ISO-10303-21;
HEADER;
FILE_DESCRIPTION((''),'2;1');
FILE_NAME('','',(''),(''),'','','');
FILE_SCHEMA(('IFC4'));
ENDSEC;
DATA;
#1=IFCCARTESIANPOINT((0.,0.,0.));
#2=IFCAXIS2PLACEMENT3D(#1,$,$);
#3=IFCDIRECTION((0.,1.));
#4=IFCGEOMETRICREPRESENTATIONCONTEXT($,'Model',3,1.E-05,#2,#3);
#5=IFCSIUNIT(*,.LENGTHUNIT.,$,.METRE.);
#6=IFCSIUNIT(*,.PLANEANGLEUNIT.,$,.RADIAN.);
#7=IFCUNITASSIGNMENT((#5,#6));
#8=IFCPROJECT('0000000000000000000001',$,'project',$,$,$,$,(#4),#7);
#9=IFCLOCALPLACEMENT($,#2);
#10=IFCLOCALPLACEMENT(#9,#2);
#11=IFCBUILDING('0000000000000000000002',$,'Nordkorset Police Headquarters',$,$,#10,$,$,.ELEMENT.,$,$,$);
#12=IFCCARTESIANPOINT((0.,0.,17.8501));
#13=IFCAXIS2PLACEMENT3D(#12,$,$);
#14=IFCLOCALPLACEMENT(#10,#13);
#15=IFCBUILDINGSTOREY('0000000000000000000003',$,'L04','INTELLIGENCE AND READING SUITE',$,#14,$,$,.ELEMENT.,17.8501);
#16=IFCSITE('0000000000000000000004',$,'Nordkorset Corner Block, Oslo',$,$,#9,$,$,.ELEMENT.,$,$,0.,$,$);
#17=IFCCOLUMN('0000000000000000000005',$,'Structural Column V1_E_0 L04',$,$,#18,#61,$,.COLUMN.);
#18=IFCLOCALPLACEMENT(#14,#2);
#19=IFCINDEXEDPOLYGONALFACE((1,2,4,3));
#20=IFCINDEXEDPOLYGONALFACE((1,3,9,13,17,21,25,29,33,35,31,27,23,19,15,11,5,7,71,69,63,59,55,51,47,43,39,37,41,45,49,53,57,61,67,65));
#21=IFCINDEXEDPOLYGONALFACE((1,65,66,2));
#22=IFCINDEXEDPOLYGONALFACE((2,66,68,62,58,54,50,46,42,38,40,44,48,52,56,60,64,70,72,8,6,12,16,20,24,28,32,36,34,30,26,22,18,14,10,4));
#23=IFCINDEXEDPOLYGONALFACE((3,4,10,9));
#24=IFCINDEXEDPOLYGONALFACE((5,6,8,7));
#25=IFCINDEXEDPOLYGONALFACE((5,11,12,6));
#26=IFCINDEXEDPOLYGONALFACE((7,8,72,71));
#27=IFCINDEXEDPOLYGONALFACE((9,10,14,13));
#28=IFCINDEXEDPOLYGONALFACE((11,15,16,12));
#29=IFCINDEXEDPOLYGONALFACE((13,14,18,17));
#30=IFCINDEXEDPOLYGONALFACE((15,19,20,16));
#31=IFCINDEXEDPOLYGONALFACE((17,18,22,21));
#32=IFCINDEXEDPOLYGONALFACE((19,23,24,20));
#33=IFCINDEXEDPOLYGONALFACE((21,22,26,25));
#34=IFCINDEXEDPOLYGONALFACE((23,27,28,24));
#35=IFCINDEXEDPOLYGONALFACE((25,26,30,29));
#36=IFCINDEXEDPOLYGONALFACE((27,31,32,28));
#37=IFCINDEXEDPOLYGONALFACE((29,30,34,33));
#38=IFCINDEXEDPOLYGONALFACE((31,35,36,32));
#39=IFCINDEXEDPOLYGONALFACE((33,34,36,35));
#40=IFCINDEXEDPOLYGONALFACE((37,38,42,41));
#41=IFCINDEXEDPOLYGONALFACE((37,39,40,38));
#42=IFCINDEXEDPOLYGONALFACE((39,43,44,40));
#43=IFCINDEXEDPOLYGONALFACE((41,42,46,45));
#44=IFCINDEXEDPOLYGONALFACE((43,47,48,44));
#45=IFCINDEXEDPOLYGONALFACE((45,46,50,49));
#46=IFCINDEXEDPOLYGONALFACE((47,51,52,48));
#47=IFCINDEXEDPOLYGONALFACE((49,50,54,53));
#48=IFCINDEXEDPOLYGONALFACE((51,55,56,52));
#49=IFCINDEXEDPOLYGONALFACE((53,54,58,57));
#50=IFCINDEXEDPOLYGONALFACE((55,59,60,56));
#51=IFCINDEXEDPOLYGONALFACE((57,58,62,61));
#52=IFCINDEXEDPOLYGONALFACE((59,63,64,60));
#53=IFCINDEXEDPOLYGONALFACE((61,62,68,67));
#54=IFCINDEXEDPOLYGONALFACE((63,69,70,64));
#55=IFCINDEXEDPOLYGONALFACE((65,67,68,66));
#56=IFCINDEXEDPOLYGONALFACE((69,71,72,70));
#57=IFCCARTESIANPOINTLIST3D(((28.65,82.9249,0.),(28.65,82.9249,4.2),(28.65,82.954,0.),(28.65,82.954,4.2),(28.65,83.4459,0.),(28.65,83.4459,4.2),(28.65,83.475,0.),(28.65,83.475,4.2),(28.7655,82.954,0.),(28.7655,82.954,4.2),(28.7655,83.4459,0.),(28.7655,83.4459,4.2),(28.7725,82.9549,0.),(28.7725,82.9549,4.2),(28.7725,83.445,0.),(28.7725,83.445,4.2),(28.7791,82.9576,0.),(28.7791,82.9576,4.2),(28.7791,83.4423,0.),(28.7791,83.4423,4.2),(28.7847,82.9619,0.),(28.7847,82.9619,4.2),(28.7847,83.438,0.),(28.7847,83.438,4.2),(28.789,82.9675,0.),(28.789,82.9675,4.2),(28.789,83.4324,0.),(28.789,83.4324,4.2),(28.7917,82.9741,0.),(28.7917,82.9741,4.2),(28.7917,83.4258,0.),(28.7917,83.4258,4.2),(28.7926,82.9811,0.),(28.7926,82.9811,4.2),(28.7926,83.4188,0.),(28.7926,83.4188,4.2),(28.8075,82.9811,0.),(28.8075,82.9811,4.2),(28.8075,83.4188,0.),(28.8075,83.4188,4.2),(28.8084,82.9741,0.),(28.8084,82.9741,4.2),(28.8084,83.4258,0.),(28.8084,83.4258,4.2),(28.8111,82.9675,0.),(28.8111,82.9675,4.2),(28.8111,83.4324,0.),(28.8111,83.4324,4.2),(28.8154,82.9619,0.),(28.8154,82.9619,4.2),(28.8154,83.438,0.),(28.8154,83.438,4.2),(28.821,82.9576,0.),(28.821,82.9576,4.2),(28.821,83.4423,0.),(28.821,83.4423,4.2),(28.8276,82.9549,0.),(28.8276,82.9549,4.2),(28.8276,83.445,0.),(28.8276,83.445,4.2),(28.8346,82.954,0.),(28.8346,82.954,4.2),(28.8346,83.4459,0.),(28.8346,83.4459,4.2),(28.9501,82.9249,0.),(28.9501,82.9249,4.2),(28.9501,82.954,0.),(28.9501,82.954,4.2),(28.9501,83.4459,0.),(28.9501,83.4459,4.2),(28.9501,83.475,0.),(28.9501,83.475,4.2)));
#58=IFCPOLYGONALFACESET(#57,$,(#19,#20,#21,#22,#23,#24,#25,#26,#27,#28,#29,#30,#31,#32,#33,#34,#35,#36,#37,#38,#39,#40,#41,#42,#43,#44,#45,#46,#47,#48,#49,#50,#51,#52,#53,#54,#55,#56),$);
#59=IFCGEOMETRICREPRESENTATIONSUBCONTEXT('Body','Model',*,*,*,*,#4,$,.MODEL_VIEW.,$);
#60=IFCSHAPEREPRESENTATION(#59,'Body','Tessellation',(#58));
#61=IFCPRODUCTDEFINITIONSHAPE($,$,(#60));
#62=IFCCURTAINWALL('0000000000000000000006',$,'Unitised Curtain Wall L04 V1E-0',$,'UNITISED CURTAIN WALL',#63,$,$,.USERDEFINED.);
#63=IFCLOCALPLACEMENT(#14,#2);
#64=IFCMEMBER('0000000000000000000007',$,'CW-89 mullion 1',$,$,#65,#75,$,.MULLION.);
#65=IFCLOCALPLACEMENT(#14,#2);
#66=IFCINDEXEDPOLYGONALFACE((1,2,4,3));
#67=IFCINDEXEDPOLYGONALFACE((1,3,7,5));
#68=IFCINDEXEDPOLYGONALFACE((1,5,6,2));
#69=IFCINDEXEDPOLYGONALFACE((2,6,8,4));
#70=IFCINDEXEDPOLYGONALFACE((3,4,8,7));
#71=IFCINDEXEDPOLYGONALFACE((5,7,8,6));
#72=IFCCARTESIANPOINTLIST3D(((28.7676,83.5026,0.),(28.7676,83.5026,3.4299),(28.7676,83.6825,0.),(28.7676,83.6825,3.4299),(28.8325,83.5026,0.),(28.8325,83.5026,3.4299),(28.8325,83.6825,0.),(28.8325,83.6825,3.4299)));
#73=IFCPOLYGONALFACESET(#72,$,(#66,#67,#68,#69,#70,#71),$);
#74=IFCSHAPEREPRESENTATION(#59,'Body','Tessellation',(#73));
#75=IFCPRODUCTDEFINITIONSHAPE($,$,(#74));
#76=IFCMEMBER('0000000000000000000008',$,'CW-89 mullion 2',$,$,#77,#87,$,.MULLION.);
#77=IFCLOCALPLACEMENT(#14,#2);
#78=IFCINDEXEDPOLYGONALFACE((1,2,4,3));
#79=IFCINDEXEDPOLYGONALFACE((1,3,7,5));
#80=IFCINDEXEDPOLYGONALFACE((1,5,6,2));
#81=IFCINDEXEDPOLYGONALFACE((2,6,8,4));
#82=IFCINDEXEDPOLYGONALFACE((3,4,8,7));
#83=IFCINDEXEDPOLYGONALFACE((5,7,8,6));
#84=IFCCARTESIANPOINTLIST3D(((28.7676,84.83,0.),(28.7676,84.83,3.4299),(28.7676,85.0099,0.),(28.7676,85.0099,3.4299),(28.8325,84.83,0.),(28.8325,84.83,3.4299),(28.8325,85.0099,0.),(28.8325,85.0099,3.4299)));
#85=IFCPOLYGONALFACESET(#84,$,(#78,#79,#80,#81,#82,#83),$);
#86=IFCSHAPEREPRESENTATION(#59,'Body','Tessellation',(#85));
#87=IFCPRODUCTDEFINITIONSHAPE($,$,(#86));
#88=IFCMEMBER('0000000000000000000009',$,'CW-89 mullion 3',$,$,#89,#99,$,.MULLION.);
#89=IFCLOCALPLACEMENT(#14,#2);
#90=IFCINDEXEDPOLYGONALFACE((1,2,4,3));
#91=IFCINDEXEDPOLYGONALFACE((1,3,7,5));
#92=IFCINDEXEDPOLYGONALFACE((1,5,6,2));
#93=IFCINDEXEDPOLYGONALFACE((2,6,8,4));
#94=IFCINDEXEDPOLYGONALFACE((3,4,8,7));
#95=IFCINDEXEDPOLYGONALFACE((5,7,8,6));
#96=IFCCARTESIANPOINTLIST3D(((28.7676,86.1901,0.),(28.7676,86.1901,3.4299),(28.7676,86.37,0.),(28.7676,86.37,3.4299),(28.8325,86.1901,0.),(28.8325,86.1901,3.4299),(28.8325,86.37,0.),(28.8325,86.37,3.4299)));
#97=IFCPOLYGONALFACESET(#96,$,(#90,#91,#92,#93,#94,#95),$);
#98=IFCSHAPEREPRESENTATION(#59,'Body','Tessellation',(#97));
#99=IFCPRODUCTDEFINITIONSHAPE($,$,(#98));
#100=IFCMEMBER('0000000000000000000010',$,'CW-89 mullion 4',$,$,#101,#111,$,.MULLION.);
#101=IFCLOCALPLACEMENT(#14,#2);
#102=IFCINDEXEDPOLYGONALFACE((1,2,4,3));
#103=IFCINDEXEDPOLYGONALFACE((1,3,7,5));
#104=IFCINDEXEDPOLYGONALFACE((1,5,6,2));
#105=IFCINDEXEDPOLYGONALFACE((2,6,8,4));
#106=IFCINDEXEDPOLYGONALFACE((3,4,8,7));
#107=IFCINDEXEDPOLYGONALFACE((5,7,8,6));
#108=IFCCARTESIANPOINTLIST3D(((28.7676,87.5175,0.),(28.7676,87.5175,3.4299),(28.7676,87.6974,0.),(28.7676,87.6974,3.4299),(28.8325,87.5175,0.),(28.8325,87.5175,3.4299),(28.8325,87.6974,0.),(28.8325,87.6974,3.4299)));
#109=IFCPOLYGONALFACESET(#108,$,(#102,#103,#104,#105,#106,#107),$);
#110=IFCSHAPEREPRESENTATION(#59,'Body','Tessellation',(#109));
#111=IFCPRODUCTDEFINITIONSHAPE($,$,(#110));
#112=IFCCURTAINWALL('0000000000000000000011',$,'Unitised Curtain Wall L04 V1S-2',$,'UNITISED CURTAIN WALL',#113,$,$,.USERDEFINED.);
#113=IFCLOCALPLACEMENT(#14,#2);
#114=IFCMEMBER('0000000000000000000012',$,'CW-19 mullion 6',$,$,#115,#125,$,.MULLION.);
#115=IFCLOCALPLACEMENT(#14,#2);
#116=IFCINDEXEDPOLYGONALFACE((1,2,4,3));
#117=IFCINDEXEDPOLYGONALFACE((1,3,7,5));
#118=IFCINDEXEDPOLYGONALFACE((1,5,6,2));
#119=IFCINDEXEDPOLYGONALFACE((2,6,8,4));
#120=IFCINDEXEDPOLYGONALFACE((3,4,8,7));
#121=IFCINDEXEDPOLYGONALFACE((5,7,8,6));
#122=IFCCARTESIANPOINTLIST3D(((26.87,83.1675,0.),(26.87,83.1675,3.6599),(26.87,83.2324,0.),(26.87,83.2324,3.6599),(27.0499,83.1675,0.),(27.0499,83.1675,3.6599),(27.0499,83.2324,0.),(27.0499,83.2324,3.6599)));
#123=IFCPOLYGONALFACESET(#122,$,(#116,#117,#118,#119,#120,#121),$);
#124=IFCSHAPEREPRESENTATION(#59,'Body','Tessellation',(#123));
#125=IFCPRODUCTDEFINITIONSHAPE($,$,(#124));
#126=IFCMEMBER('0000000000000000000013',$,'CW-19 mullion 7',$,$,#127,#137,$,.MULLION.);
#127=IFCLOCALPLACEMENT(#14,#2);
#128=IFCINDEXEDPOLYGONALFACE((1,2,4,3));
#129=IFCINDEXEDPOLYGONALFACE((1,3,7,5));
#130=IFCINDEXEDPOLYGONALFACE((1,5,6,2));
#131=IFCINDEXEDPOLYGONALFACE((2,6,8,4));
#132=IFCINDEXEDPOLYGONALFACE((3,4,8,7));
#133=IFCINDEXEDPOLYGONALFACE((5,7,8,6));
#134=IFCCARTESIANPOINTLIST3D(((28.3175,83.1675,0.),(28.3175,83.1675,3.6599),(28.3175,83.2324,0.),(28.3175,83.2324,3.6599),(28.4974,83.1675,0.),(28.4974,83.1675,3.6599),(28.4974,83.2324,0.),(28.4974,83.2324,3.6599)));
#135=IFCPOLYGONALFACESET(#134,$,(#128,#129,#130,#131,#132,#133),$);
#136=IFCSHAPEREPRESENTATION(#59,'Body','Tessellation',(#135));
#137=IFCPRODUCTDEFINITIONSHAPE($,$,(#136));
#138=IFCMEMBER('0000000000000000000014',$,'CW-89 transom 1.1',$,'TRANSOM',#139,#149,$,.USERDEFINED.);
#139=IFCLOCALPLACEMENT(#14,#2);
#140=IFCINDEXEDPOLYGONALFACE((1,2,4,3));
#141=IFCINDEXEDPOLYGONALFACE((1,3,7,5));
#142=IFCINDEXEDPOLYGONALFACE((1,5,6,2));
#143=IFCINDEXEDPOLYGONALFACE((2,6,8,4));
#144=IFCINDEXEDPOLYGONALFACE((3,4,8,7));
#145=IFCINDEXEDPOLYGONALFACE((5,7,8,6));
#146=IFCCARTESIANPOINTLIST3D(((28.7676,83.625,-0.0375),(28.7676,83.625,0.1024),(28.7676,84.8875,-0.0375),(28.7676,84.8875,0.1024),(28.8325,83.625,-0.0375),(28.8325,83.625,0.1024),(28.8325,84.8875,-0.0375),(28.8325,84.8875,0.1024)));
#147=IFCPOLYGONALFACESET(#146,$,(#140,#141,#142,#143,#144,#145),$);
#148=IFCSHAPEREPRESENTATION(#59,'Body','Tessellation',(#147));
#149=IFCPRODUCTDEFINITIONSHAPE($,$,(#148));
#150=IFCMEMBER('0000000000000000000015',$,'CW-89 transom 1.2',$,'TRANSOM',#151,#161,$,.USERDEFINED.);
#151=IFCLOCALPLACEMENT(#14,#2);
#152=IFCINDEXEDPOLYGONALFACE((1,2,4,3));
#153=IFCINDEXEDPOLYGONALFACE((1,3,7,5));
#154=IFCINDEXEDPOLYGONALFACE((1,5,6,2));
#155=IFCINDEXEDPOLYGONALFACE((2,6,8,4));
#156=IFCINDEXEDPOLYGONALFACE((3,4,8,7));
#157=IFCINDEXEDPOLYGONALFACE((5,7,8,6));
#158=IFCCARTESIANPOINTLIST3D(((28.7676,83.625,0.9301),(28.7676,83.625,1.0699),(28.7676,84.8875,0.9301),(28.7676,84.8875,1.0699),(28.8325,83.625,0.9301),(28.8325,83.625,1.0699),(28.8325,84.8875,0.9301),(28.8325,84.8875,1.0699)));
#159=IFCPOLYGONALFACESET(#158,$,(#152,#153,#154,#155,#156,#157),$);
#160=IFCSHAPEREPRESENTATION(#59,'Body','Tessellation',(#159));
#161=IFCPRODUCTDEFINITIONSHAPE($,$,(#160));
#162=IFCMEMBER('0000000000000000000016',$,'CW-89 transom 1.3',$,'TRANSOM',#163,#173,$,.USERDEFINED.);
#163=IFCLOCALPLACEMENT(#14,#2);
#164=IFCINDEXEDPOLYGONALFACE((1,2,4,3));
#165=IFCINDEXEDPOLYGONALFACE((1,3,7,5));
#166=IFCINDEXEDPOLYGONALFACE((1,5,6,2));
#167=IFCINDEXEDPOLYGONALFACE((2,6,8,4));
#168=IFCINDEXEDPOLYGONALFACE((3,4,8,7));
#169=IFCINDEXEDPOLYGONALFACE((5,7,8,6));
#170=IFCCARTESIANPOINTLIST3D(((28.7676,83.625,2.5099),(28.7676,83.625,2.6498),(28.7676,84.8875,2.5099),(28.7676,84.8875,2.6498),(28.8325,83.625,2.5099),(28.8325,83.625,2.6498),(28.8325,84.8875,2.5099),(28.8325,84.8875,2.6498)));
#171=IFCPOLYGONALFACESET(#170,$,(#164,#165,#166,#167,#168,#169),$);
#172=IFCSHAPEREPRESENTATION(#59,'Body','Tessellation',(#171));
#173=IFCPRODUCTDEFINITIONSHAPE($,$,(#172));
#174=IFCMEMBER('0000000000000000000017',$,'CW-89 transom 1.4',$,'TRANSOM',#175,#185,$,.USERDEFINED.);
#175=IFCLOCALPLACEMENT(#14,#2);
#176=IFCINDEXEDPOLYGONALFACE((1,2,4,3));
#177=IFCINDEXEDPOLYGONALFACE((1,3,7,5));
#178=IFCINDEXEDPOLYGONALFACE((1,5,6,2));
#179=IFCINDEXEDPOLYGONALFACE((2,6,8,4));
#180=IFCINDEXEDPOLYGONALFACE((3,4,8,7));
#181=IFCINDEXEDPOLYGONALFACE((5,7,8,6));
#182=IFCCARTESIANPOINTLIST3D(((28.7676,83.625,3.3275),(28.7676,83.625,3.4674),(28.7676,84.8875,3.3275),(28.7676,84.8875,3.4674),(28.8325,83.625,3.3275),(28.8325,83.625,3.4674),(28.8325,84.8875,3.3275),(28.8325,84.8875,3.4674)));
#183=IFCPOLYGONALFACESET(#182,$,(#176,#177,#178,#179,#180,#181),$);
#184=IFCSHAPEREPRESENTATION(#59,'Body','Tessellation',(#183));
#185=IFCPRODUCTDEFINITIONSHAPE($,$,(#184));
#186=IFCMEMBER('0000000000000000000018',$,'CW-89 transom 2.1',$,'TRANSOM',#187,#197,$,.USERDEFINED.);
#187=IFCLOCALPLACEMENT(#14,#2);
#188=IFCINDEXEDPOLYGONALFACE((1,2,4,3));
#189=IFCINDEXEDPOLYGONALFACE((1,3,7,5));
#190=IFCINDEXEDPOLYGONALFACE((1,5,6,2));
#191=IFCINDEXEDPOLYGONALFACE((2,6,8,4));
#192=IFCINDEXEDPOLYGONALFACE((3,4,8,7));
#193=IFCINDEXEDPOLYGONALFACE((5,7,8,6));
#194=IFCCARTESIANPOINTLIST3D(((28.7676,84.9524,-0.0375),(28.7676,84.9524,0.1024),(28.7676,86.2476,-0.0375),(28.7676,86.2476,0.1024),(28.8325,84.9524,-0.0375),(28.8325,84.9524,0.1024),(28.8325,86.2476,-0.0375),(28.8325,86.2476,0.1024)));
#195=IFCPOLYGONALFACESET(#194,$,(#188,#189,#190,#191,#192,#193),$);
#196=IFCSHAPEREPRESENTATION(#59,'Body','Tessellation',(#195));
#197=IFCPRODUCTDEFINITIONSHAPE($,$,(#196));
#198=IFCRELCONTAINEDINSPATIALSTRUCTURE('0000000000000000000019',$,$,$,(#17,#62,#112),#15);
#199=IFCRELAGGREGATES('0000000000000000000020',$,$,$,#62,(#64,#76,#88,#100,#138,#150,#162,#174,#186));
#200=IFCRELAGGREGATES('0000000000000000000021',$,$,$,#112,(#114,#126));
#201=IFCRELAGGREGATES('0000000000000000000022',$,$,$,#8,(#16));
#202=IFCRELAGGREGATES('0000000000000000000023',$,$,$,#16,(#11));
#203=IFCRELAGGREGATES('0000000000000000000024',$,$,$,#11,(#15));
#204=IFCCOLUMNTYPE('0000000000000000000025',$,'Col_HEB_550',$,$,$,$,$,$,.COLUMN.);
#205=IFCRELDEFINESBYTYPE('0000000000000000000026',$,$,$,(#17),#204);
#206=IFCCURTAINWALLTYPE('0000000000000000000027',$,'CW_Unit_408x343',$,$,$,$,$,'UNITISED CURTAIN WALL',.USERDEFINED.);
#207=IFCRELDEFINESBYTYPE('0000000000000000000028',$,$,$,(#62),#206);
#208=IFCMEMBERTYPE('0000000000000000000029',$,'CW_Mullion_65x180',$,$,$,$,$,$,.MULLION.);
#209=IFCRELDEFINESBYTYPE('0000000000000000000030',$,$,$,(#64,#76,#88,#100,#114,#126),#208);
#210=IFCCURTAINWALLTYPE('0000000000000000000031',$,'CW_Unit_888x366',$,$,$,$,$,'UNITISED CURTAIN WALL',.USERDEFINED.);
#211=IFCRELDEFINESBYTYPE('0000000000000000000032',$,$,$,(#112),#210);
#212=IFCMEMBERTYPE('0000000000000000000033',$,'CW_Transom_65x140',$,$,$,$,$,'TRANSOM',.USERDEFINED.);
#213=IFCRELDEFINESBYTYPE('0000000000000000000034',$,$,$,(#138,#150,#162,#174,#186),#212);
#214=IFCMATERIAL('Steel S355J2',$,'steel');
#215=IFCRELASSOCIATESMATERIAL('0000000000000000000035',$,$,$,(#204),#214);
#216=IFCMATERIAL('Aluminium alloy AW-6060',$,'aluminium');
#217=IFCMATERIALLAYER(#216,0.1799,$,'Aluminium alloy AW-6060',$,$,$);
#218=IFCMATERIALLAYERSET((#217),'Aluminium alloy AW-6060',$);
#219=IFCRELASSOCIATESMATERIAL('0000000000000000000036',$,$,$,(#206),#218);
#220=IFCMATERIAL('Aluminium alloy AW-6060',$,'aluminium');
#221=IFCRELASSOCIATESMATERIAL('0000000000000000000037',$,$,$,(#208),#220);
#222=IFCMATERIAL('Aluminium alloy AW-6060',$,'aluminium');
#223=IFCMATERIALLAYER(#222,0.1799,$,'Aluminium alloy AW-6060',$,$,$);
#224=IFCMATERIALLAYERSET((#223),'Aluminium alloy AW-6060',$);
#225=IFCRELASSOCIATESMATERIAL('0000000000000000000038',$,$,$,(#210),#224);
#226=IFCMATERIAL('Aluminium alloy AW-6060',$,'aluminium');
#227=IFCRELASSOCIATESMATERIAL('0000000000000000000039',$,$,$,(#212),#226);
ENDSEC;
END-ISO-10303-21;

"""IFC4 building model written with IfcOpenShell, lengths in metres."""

from ifc_helpers import new_model, si_unit, direction, frame, origin, origin_2d, place, context, subcontext, project, spatial, rectangle, i_section, extrude, material, layer, layer_set, material_profile, profile_set, type_object, element, aggregate, save


model = new_model("IFC4")

# Units and contexts
model_context = context("Model", 3, precision=1e-05, world=origin(), true_north=direction((0.0, 1.0)))
body_context = subcontext(model_context, "Body", "Model", "MODEL_VIEW")
ifc_project = project(units=[si_unit("LENGTHUNIT", "METRE"), si_unit("PLANEANGLEUNIT", "RADIAN")], contexts=[model_context])

# Site, building, storey
site_placement = place(None, origin())
site = spatial("IfcSite", under=ifc_project, at=site_placement, Name="Nordkorset Corner Block, Oslo", CompositionType="ELEMENT", RefElevation=0.0)
building_placement = place(site_placement, origin())
building = spatial("IfcBuilding", under=site, at=building_placement, Name="Nordkorset Police Headquarters", CompositionType="ELEMENT")
storey_placement = place(building_placement, frame((0.0, 0.0, 17.8501)))
storey = spatial("IfcBuildingStorey", under=building, at=storey_placement, Name="L04", Description="INTELLIGENCE AND READING SUITE", CompositionType="ELEMENT", Elevation=17.8501)

# Column
ifc_material_1 = material(Name="Steel S355J2", Category="steel")
ifc_material_profile_1 = material_profile(ifc_material_1, i_section(OverallWidth=0.3, OverallDepth=0.55, WebThickness=0.0149, FlangeThickness=0.0291, FilletRadius=0.0271, at=origin_2d()), Name="HEB 550")
ifc_profile_set_1 = profile_set([ifc_material_profile_1], Name="Steel S355J2")
column_type = type_object("IfcColumnType", Name="Col_HEB_550", PredefinedType="COLUMN", material=ifc_profile_set_1)
column_placement = place(storey_placement, frame((28.8, 83.2, 0.0), z_axis=(0.0, 0.0, 1.0), x_axis=(1.0, 0.0, 0.0)))
element("IfcColumn", 1, at=column_placement, inside=storey, type_object=column_type, Name="Structural Column V1_E_0 L04", PredefinedType="COLUMN", context=body_context, shape_type="SweptSolid", body=[
    extrude(i_section(OverallWidth=0.3, OverallDepth=0.55, WebThickness=0.0149, FlangeThickness=0.0291, FilletRadius=0.0271, at=origin_2d()), origin(), (0.0, 0.0, 1.0), 4.2),
])

# Curtain walls, members
ifc_material_2 = material(Name="Aluminium alloy AW-6060", Category="aluminium")
ifc_layer_1 = layer(ifc_material_2, 0.1799, Name="Aluminium alloy AW-6060")
ifc_layer_set_1 = layer_set([ifc_layer_1], Name="Aluminium alloy AW-6060")
curtain_wall_type_1 = type_object("IfcCurtainWallType", Name="CW_Unit_408x343", ElementType="UNITISED CURTAIN WALL", PredefinedType="USERDEFINED", material=ifc_layer_set_1)
curtain_wall_1_placement = place(storey_placement, origin())
curtain_wall_1 = element("IfcCurtainWall", 2, at=curtain_wall_1_placement, inside=storey, type_object=curtain_wall_type_1, Name="Unitised Curtain Wall L04 V1E-0", ObjectType="UNITISED CURTAIN WALL", PredefinedType="USERDEFINED")
ifc_material_3 = material(Name="Aluminium alloy AW-6060", Category="aluminium")
ifc_material_profile_2 = material_profile(ifc_material_3, rectangle(XDim=0.0649, YDim=0.1799, at=origin_2d()), Name="ALU MULL 65x180")
ifc_profile_set_2 = profile_set([ifc_material_profile_2], Name="Aluminium alloy AW-6060")
member_type_1 = type_object("IfcMemberType", Name="CW_Mullion_65x180", PredefinedType="MULLION", material=ifc_profile_set_2)
member_1_placement = place(storey_placement, frame((28.8, 83.5925, 0.0), z_axis=(0.0, 0.0, 1.0), x_axis=(-1.0, 0.0, 0.0)))
member_1 = element("IfcMember", 3, at=member_1_placement, type_object=member_type_1, Name="CW-89 mullion 1", PredefinedType="MULLION", context=body_context, shape_type="SweptSolid", body=[
    extrude(rectangle(XDim=0.0649, YDim=0.1799, at=origin_2d()), origin(), (0.0, 0.0, 1.0), 3.4299),
])
member_2_placement = place(storey_placement, frame((28.8, 84.9199, 0.0), z_axis=(0.0, 0.0, 1.0), x_axis=(-1.0, 0.0, 0.0)))
member_2 = element("IfcMember", 4, at=member_2_placement, type_object=member_type_1, Name="CW-89 mullion 2", PredefinedType="MULLION", context=body_context, shape_type="SweptSolid", body=[
    extrude(rectangle(XDim=0.0649, YDim=0.1799, at=origin_2d()), origin(), (0.0, 0.0, 1.0), 3.4299),
])
member_3_placement = place(storey_placement, frame((28.8, 86.28, 0.0), z_axis=(0.0, 0.0, 1.0), x_axis=(-1.0, 0.0, 0.0)))
member_3 = element("IfcMember", 5, at=member_3_placement, type_object=member_type_1, Name="CW-89 mullion 3", PredefinedType="MULLION", context=body_context, shape_type="SweptSolid", body=[
    extrude(rectangle(XDim=0.0649, YDim=0.1799, at=origin_2d()), origin(), (0.0, 0.0, 1.0), 3.4299),
])
member_4_placement = place(storey_placement, frame((28.8, 87.6074, 0.0), z_axis=(0.0, 0.0, 1.0), x_axis=(-1.0, 0.0, 0.0)))
member_4 = element("IfcMember", 6, at=member_4_placement, type_object=member_type_1, Name="CW-89 mullion 4", PredefinedType="MULLION", context=body_context, shape_type="SweptSolid", body=[
    extrude(rectangle(XDim=0.0649, YDim=0.1799, at=origin_2d()), origin(), (0.0, 0.0, 1.0), 3.4299),
])
ifc_material_4 = material(Name="Aluminium alloy AW-6060", Category="aluminium")
ifc_layer_2 = layer(ifc_material_4, 0.1799, Name="Aluminium alloy AW-6060")
ifc_layer_set_2 = layer_set([ifc_layer_2], Name="Aluminium alloy AW-6060")
curtain_wall_type_2 = type_object("IfcCurtainWallType", Name="CW_Unit_888x366", ElementType="UNITISED CURTAIN WALL", PredefinedType="USERDEFINED", material=ifc_layer_set_2)
curtain_wall_2_placement = place(storey_placement, origin())
curtain_wall_2 = element("IfcCurtainWall", 7, at=curtain_wall_2_placement, inside=storey, type_object=curtain_wall_type_2, Name="Unitised Curtain Wall L04 V1S-2", ObjectType="UNITISED CURTAIN WALL", PredefinedType="USERDEFINED")
member_5_placement = place(storey_placement, frame((26.96, 83.2, 0.0), z_axis=(0.0, 0.0, 1.0), x_axis=(0.0, 1.0, 0.0)))
member_5 = element("IfcMember", 8, at=member_5_placement, type_object=member_type_1, Name="CW-19 mullion 6", PredefinedType="MULLION", context=body_context, shape_type="SweptSolid", body=[
    extrude(rectangle(XDim=0.0649, YDim=0.1799, at=origin_2d()), origin(), (0.0, 0.0, 1.0), 3.6599),
])
member_6_placement = place(storey_placement, frame((28.4075, 83.2, 0.0), z_axis=(0.0, 0.0, 1.0), x_axis=(0.0, 1.0, 0.0)))
member_6 = element("IfcMember", 9, at=member_6_placement, type_object=member_type_1, Name="CW-19 mullion 7", PredefinedType="MULLION", context=body_context, shape_type="SweptSolid", body=[
    extrude(rectangle(XDim=0.0649, YDim=0.1799, at=origin_2d()), origin(), (0.0, 0.0, 1.0), 3.6599),
])

# Members
ifc_material_5 = material(Name="Aluminium alloy AW-6060", Category="aluminium")
ifc_material_profile_3 = material_profile(ifc_material_5, rectangle(XDim=0.0649, YDim=0.1399, at=origin_2d()), Name="ALU TRAN 65x140")
ifc_profile_set_3 = profile_set([ifc_material_profile_3], Name="Aluminium alloy AW-6060")
member_type_2 = type_object("IfcMemberType", Name="CW_Transom_65x140", ElementType="TRANSOM", PredefinedType="USERDEFINED", material=ifc_profile_set_3)
member_7_placement = place(storey_placement, frame((28.8, 83.625, 0.0325), z_axis=(0.0, 1.0, 0.0), x_axis=(-1.0, 0.0, 0.0)))
member_7 = element("IfcMember", 10, at=member_7_placement, type_object=member_type_2, Name="CW-89 transom 1.1", ObjectType="TRANSOM", PredefinedType="USERDEFINED", context=body_context, shape_type="SweptSolid", body=[
    extrude(rectangle(XDim=0.0649, YDim=0.1399, at=origin_2d()), origin(), (0.0, 0.0, 1.0), 1.2625),
])
member_8_placement = place(storey_placement, frame((28.8, 83.625, 1.0), z_axis=(0.0, 1.0, 0.0), x_axis=(-1.0, 0.0, 0.0)))
member_8 = element("IfcMember", 11, at=member_8_placement, type_object=member_type_2, Name="CW-89 transom 1.2", ObjectType="TRANSOM", PredefinedType="USERDEFINED", context=body_context, shape_type="SweptSolid", body=[
    extrude(rectangle(XDim=0.0649, YDim=0.1399, at=origin_2d()), origin(), (0.0, 0.0, 1.0), 1.2625),
])
member_9_placement = place(storey_placement, frame((28.8, 83.625, 2.5798), z_axis=(0.0, 1.0, 0.0), x_axis=(-1.0, 0.0, 0.0)))
member_9 = element("IfcMember", 12, at=member_9_placement, type_object=member_type_2, Name="CW-89 transom 1.3", ObjectType="TRANSOM", PredefinedType="USERDEFINED", context=body_context, shape_type="SweptSolid", body=[
    extrude(rectangle(XDim=0.0649, YDim=0.1399, at=origin_2d()), origin(), (0.0, 0.0, 1.0), 1.2625),
])
member_10_placement = place(storey_placement, frame((28.8, 83.625, 3.3975), z_axis=(0.0, 1.0, 0.0), x_axis=(-1.0, 0.0, 0.0)))
member_10 = element("IfcMember", 13, at=member_10_placement, type_object=member_type_2, Name="CW-89 transom 1.4", ObjectType="TRANSOM", PredefinedType="USERDEFINED", context=body_context, shape_type="SweptSolid", body=[
    extrude(rectangle(XDim=0.0649, YDim=0.1399, at=origin_2d()), origin(), (0.0, 0.0, 1.0), 1.2625),
])
member_11_placement = place(storey_placement, frame((28.8, 84.9524, 0.0325), z_axis=(0.0, 1.0, 0.0), x_axis=(-1.0, 0.0, 0.0)))
member_11 = element("IfcMember", 14, at=member_11_placement, type_object=member_type_2, Name="CW-89 transom 2.1", ObjectType="TRANSOM", PredefinedType="USERDEFINED", context=body_context, shape_type="SweptSolid", body=[
    extrude(rectangle(XDim=0.0649, YDim=0.1399, at=origin_2d()), origin(), (0.0, 0.0, 1.0), 1.2952),
])

aggregate(curtain_wall_1, [member_1, member_2, member_3, member_4, member_7, member_8, member_9, member_10, member_11])
aggregate(curtain_wall_2, [member_5, member_6])

save(model, "model.ifc")
